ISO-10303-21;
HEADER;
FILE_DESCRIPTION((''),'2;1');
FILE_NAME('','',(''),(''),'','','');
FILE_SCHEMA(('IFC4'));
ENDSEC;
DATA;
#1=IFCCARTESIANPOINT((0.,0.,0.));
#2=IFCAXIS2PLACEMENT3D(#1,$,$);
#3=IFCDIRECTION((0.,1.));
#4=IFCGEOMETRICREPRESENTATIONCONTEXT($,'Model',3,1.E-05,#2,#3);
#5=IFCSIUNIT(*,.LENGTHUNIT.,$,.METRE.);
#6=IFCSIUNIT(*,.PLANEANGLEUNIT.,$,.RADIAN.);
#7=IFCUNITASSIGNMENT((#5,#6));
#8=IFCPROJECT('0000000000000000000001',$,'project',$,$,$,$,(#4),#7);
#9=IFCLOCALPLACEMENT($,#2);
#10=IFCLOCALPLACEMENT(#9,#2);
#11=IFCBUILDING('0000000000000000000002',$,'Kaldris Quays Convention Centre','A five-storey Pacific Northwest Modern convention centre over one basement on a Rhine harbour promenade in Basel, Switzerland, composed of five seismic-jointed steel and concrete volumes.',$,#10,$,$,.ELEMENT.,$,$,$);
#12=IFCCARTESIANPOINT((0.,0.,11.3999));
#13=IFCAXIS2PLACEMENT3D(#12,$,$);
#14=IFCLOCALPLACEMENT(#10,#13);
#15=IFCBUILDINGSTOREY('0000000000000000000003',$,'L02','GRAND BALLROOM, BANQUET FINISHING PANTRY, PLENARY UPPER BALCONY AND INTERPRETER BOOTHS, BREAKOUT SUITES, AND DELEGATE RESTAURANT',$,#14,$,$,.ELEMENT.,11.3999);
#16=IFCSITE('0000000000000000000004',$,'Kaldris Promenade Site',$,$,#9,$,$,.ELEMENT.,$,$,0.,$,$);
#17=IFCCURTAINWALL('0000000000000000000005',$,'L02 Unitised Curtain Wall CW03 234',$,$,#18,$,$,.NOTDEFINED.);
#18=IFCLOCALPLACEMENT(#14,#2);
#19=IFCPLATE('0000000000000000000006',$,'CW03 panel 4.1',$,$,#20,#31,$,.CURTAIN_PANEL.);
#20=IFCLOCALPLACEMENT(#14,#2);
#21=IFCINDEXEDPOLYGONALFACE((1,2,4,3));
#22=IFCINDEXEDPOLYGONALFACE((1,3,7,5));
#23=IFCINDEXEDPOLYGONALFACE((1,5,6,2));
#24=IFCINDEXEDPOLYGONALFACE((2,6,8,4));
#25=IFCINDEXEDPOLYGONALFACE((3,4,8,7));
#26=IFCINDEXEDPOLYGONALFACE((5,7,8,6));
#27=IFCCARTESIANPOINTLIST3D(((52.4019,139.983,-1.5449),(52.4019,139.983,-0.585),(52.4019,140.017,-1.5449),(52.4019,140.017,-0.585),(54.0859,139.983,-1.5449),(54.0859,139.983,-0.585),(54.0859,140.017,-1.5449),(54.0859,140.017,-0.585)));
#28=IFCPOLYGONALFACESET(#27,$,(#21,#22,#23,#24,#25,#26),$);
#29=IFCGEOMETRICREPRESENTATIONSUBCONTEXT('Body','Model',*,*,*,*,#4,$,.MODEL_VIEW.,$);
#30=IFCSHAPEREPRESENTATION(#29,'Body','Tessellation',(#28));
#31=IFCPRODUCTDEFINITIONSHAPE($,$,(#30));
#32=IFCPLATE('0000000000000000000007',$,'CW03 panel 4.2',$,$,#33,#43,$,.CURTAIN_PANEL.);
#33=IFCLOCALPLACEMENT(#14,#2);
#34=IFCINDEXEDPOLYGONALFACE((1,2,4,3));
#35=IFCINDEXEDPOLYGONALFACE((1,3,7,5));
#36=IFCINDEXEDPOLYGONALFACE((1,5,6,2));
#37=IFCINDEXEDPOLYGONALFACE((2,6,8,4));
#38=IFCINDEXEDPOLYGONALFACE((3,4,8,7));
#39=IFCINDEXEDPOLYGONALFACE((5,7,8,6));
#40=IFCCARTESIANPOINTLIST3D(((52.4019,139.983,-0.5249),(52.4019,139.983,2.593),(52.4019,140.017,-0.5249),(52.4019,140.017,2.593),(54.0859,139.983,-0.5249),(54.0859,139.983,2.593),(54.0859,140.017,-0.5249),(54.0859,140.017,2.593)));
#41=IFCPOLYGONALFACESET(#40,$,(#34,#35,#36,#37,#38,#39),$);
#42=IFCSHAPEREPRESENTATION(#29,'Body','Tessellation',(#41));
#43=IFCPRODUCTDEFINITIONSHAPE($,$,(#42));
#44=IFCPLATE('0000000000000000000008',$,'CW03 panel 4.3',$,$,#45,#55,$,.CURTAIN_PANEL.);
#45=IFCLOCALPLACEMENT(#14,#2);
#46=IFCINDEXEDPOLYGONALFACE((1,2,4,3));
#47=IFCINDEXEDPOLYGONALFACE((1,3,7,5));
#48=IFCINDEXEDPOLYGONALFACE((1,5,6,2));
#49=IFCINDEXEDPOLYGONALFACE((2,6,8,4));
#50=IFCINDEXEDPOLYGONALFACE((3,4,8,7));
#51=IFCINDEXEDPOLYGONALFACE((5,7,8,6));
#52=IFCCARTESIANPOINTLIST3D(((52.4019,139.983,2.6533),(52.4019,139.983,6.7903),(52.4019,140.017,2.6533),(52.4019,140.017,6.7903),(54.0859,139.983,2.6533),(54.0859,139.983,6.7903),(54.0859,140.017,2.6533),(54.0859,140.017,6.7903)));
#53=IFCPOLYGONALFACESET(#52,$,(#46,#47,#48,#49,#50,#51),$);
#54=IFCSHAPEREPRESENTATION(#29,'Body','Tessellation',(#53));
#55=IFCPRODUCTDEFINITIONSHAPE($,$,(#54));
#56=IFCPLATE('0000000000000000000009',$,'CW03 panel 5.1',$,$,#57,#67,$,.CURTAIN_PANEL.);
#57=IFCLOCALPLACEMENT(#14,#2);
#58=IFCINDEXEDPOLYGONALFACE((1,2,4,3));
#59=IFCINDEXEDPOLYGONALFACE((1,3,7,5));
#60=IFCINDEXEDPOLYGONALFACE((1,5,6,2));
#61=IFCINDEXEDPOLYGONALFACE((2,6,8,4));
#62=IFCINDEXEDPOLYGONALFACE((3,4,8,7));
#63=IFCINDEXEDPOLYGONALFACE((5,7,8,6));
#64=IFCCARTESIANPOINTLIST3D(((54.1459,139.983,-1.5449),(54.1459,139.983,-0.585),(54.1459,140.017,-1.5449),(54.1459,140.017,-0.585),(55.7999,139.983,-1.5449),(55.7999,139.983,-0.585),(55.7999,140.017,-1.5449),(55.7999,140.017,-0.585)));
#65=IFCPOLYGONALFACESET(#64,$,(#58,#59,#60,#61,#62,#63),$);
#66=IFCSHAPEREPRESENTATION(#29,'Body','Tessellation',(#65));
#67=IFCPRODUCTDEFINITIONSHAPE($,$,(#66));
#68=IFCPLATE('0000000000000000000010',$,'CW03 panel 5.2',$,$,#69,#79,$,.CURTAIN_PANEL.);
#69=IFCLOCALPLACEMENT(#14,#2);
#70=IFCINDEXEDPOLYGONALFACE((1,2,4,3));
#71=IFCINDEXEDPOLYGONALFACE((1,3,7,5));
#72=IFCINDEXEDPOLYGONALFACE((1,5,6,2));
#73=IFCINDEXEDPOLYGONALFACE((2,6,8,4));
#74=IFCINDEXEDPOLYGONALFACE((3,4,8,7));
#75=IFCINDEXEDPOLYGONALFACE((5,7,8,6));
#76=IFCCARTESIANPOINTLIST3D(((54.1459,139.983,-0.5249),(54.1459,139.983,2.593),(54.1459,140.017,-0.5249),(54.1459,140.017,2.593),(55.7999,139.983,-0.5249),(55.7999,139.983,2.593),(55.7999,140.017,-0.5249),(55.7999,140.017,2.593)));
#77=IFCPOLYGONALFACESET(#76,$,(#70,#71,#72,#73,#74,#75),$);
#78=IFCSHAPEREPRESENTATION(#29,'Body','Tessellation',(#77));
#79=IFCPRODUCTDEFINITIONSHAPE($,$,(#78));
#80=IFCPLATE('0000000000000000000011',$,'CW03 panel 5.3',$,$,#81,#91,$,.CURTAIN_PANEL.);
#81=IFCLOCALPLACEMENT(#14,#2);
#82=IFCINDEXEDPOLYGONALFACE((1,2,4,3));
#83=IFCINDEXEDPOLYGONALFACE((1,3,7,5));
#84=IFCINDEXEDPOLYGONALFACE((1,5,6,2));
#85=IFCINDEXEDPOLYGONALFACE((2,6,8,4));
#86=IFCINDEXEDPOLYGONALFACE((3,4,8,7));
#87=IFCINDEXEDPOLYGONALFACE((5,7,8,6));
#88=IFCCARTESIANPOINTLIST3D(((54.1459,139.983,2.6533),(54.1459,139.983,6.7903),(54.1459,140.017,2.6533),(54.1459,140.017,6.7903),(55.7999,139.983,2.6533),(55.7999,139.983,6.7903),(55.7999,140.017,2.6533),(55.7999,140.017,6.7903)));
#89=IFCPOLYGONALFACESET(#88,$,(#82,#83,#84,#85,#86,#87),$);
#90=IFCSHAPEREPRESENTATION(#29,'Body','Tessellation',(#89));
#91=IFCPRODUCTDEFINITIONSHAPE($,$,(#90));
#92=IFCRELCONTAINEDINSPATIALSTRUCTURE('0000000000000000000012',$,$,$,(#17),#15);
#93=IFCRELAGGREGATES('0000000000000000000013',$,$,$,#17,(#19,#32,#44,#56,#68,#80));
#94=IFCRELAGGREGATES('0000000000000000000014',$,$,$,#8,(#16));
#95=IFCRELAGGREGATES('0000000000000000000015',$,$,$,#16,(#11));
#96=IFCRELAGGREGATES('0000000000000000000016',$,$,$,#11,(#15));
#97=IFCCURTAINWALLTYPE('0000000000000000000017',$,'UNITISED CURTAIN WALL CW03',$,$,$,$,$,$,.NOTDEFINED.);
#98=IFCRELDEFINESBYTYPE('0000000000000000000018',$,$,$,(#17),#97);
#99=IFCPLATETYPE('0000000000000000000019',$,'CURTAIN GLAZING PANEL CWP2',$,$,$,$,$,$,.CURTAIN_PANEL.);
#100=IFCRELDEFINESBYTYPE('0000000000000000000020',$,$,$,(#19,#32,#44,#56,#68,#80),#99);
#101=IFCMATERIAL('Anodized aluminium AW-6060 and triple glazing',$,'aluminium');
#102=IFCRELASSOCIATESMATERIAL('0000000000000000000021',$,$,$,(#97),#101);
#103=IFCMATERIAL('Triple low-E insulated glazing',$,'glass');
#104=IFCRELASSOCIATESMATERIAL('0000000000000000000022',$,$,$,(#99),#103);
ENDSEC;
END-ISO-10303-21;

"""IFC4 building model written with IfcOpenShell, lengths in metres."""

from ifc_helpers import new_model, si_unit, direction, frame, origin, origin_2d, place, context, subcontext, project, spatial, rectangle, extrude, material, type_object, element, aggregate, save


model = new_model("IFC4")

# Units and contexts
model_context = context("Model", 3, precision=1e-05, world=origin(), true_north=direction((0.0, 1.0)))
body_context = subcontext(model_context, "Body", "Model", "MODEL_VIEW")
ifc_project = project(units=[si_unit("LENGTHUNIT", "METRE"), si_unit("PLANEANGLEUNIT", "RADIAN")], contexts=[model_context])

# Site, building, storey
site_placement = place(None, origin())
site = spatial("IfcSite", under=ifc_project, at=site_placement, Name="Kaldris Promenade Site", CompositionType="ELEMENT", RefElevation=0.0)
building_placement = place(site_placement, origin())
building = spatial("IfcBuilding", under=site, at=building_placement, Name="Kaldris Quays Convention Centre", Description="A five-storey Pacific Northwest Modern convention centre over one basement on a Rhine harbour promenade in Basel, Switzerland, composed of five seismic-jointed steel and concrete volumes.", CompositionType="ELEMENT")
storey_placement = place(building_placement, frame((0.0, 0.0, 11.3999)))
storey = spatial("IfcBuildingStorey", under=building, at=storey_placement, Name="L02", Description="GRAND BALLROOM, BANQUET FINISHING PANTRY, PLENARY UPPER BALCONY AND INTERPRETER BOOTHS, BREAKOUT SUITES, AND DELEGATE RESTAURANT", CompositionType="ELEMENT", Elevation=11.3999)

# Curtain wall
ifc_material_1 = material(Name="Anodized aluminium AW-6060 and triple glazing", Category="aluminium")
curtain_wall_type = type_object("IfcCurtainWallType", Name="UNITISED CURTAIN WALL CW03", PredefinedType="NOTDEFINED", material=ifc_material_1)
curtain_wall_placement = place(storey_placement, origin())
curtain_wall = element("IfcCurtainWall", 1, at=curtain_wall_placement, inside=storey, type_object=curtain_wall_type, Name="L02 Unitised Curtain Wall CW03 234", PredefinedType="NOTDEFINED")

# Plates
ifc_material_2 = material(Name="Triple low-E insulated glazing", Category="glass")
plate_type = type_object("IfcPlateType", Name="CURTAIN GLAZING PANEL CWP2", PredefinedType="CURTAIN_PANEL", material=ifc_material_2)
plate_1_placement = place(storey_placement, frame((53.2439, 140.0, -1.5449), z_axis=(0.0, 0.0, 1.0), x_axis=(1.0, 0.0, 0.0)))
plate_1 = element("IfcPlate", 2, at=plate_1_placement, type_object=plate_type, Name="CW03 panel 4.1", PredefinedType="CURTAIN_PANEL", context=body_context, shape_type="SweptSolid", body=[
    extrude(rectangle(XDim=1.6841, YDim=0.0339, at=origin_2d()), origin(), (0.0, 0.0, 1.0), 0.96),
])
plate_2_placement = place(storey_placement, frame((53.2439, 140.0, -0.5249), z_axis=(0.0, 0.0, 1.0), x_axis=(1.0, 0.0, 0.0)))
plate_2 = element("IfcPlate", 3, at=plate_2_placement, type_object=plate_type, Name="CW03 panel 4.2", PredefinedType="CURTAIN_PANEL", context=body_context, shape_type="SweptSolid", body=[
    extrude(rectangle(XDim=1.6841, YDim=0.0339, at=origin_2d()), origin(), (0.0, 0.0, 1.0), 3.1179),
])
plate_3_placement = place(storey_placement, frame((53.2439, 140.0, 2.6533), z_axis=(0.0, 0.0, 1.0), x_axis=(1.0, 0.0, 0.0)))
plate_3 = element("IfcPlate", 4, at=plate_3_placement, type_object=plate_type, Name="CW03 panel 4.3", PredefinedType="CURTAIN_PANEL", context=body_context, shape_type="SweptSolid", body=[
    extrude(rectangle(XDim=1.6841, YDim=0.0339, at=origin_2d()), origin(), (0.0, 0.0, 1.0), 4.137),
])
plate_4_placement = place(storey_placement, frame((54.9729, 140.0, -1.5449), z_axis=(0.0, 0.0, 1.0), x_axis=(1.0, 0.0, 0.0)))
plate_4 = element("IfcPlate", 5, at=plate_4_placement, type_object=plate_type, Name="CW03 panel 5.1", PredefinedType="CURTAIN_PANEL", context=body_context, shape_type="SweptSolid", body=[
    extrude(rectangle(XDim=1.6541, YDim=0.0339, at=origin_2d()), origin(), (0.0, 0.0, 1.0), 0.96),
])
plate_5_placement = place(storey_placement, frame((54.9729, 140.0, -0.5249), z_axis=(0.0, 0.0, 1.0), x_axis=(1.0, 0.0, 0.0)))
plate_5 = element("IfcPlate", 6, at=plate_5_placement, type_object=plate_type, Name="CW03 panel 5.2", PredefinedType="CURTAIN_PANEL", context=body_context, shape_type="SweptSolid", body=[
    extrude(rectangle(XDim=1.6541, YDim=0.0339, at=origin_2d()), origin(), (0.0, 0.0, 1.0), 3.1179),
])
plate_6_placement = place(storey_placement, frame((54.9729, 140.0, 2.6533), z_axis=(0.0, 0.0, 1.0), x_axis=(1.0, 0.0, 0.0)))
plate_6 = element("IfcPlate", 7, at=plate_6_placement, type_object=plate_type, Name="CW03 panel 5.3", PredefinedType="CURTAIN_PANEL", context=body_context, shape_type="SweptSolid", body=[
    extrude(rectangle(XDim=1.6541, YDim=0.0339, at=origin_2d()), origin(), (0.0, 0.0, 1.0), 4.137),
])
aggregate(curtain_wall, [plate_1, plate_2, plate_3, plate_4, plate_5, plate_6])

save(model, "model.ifc")
